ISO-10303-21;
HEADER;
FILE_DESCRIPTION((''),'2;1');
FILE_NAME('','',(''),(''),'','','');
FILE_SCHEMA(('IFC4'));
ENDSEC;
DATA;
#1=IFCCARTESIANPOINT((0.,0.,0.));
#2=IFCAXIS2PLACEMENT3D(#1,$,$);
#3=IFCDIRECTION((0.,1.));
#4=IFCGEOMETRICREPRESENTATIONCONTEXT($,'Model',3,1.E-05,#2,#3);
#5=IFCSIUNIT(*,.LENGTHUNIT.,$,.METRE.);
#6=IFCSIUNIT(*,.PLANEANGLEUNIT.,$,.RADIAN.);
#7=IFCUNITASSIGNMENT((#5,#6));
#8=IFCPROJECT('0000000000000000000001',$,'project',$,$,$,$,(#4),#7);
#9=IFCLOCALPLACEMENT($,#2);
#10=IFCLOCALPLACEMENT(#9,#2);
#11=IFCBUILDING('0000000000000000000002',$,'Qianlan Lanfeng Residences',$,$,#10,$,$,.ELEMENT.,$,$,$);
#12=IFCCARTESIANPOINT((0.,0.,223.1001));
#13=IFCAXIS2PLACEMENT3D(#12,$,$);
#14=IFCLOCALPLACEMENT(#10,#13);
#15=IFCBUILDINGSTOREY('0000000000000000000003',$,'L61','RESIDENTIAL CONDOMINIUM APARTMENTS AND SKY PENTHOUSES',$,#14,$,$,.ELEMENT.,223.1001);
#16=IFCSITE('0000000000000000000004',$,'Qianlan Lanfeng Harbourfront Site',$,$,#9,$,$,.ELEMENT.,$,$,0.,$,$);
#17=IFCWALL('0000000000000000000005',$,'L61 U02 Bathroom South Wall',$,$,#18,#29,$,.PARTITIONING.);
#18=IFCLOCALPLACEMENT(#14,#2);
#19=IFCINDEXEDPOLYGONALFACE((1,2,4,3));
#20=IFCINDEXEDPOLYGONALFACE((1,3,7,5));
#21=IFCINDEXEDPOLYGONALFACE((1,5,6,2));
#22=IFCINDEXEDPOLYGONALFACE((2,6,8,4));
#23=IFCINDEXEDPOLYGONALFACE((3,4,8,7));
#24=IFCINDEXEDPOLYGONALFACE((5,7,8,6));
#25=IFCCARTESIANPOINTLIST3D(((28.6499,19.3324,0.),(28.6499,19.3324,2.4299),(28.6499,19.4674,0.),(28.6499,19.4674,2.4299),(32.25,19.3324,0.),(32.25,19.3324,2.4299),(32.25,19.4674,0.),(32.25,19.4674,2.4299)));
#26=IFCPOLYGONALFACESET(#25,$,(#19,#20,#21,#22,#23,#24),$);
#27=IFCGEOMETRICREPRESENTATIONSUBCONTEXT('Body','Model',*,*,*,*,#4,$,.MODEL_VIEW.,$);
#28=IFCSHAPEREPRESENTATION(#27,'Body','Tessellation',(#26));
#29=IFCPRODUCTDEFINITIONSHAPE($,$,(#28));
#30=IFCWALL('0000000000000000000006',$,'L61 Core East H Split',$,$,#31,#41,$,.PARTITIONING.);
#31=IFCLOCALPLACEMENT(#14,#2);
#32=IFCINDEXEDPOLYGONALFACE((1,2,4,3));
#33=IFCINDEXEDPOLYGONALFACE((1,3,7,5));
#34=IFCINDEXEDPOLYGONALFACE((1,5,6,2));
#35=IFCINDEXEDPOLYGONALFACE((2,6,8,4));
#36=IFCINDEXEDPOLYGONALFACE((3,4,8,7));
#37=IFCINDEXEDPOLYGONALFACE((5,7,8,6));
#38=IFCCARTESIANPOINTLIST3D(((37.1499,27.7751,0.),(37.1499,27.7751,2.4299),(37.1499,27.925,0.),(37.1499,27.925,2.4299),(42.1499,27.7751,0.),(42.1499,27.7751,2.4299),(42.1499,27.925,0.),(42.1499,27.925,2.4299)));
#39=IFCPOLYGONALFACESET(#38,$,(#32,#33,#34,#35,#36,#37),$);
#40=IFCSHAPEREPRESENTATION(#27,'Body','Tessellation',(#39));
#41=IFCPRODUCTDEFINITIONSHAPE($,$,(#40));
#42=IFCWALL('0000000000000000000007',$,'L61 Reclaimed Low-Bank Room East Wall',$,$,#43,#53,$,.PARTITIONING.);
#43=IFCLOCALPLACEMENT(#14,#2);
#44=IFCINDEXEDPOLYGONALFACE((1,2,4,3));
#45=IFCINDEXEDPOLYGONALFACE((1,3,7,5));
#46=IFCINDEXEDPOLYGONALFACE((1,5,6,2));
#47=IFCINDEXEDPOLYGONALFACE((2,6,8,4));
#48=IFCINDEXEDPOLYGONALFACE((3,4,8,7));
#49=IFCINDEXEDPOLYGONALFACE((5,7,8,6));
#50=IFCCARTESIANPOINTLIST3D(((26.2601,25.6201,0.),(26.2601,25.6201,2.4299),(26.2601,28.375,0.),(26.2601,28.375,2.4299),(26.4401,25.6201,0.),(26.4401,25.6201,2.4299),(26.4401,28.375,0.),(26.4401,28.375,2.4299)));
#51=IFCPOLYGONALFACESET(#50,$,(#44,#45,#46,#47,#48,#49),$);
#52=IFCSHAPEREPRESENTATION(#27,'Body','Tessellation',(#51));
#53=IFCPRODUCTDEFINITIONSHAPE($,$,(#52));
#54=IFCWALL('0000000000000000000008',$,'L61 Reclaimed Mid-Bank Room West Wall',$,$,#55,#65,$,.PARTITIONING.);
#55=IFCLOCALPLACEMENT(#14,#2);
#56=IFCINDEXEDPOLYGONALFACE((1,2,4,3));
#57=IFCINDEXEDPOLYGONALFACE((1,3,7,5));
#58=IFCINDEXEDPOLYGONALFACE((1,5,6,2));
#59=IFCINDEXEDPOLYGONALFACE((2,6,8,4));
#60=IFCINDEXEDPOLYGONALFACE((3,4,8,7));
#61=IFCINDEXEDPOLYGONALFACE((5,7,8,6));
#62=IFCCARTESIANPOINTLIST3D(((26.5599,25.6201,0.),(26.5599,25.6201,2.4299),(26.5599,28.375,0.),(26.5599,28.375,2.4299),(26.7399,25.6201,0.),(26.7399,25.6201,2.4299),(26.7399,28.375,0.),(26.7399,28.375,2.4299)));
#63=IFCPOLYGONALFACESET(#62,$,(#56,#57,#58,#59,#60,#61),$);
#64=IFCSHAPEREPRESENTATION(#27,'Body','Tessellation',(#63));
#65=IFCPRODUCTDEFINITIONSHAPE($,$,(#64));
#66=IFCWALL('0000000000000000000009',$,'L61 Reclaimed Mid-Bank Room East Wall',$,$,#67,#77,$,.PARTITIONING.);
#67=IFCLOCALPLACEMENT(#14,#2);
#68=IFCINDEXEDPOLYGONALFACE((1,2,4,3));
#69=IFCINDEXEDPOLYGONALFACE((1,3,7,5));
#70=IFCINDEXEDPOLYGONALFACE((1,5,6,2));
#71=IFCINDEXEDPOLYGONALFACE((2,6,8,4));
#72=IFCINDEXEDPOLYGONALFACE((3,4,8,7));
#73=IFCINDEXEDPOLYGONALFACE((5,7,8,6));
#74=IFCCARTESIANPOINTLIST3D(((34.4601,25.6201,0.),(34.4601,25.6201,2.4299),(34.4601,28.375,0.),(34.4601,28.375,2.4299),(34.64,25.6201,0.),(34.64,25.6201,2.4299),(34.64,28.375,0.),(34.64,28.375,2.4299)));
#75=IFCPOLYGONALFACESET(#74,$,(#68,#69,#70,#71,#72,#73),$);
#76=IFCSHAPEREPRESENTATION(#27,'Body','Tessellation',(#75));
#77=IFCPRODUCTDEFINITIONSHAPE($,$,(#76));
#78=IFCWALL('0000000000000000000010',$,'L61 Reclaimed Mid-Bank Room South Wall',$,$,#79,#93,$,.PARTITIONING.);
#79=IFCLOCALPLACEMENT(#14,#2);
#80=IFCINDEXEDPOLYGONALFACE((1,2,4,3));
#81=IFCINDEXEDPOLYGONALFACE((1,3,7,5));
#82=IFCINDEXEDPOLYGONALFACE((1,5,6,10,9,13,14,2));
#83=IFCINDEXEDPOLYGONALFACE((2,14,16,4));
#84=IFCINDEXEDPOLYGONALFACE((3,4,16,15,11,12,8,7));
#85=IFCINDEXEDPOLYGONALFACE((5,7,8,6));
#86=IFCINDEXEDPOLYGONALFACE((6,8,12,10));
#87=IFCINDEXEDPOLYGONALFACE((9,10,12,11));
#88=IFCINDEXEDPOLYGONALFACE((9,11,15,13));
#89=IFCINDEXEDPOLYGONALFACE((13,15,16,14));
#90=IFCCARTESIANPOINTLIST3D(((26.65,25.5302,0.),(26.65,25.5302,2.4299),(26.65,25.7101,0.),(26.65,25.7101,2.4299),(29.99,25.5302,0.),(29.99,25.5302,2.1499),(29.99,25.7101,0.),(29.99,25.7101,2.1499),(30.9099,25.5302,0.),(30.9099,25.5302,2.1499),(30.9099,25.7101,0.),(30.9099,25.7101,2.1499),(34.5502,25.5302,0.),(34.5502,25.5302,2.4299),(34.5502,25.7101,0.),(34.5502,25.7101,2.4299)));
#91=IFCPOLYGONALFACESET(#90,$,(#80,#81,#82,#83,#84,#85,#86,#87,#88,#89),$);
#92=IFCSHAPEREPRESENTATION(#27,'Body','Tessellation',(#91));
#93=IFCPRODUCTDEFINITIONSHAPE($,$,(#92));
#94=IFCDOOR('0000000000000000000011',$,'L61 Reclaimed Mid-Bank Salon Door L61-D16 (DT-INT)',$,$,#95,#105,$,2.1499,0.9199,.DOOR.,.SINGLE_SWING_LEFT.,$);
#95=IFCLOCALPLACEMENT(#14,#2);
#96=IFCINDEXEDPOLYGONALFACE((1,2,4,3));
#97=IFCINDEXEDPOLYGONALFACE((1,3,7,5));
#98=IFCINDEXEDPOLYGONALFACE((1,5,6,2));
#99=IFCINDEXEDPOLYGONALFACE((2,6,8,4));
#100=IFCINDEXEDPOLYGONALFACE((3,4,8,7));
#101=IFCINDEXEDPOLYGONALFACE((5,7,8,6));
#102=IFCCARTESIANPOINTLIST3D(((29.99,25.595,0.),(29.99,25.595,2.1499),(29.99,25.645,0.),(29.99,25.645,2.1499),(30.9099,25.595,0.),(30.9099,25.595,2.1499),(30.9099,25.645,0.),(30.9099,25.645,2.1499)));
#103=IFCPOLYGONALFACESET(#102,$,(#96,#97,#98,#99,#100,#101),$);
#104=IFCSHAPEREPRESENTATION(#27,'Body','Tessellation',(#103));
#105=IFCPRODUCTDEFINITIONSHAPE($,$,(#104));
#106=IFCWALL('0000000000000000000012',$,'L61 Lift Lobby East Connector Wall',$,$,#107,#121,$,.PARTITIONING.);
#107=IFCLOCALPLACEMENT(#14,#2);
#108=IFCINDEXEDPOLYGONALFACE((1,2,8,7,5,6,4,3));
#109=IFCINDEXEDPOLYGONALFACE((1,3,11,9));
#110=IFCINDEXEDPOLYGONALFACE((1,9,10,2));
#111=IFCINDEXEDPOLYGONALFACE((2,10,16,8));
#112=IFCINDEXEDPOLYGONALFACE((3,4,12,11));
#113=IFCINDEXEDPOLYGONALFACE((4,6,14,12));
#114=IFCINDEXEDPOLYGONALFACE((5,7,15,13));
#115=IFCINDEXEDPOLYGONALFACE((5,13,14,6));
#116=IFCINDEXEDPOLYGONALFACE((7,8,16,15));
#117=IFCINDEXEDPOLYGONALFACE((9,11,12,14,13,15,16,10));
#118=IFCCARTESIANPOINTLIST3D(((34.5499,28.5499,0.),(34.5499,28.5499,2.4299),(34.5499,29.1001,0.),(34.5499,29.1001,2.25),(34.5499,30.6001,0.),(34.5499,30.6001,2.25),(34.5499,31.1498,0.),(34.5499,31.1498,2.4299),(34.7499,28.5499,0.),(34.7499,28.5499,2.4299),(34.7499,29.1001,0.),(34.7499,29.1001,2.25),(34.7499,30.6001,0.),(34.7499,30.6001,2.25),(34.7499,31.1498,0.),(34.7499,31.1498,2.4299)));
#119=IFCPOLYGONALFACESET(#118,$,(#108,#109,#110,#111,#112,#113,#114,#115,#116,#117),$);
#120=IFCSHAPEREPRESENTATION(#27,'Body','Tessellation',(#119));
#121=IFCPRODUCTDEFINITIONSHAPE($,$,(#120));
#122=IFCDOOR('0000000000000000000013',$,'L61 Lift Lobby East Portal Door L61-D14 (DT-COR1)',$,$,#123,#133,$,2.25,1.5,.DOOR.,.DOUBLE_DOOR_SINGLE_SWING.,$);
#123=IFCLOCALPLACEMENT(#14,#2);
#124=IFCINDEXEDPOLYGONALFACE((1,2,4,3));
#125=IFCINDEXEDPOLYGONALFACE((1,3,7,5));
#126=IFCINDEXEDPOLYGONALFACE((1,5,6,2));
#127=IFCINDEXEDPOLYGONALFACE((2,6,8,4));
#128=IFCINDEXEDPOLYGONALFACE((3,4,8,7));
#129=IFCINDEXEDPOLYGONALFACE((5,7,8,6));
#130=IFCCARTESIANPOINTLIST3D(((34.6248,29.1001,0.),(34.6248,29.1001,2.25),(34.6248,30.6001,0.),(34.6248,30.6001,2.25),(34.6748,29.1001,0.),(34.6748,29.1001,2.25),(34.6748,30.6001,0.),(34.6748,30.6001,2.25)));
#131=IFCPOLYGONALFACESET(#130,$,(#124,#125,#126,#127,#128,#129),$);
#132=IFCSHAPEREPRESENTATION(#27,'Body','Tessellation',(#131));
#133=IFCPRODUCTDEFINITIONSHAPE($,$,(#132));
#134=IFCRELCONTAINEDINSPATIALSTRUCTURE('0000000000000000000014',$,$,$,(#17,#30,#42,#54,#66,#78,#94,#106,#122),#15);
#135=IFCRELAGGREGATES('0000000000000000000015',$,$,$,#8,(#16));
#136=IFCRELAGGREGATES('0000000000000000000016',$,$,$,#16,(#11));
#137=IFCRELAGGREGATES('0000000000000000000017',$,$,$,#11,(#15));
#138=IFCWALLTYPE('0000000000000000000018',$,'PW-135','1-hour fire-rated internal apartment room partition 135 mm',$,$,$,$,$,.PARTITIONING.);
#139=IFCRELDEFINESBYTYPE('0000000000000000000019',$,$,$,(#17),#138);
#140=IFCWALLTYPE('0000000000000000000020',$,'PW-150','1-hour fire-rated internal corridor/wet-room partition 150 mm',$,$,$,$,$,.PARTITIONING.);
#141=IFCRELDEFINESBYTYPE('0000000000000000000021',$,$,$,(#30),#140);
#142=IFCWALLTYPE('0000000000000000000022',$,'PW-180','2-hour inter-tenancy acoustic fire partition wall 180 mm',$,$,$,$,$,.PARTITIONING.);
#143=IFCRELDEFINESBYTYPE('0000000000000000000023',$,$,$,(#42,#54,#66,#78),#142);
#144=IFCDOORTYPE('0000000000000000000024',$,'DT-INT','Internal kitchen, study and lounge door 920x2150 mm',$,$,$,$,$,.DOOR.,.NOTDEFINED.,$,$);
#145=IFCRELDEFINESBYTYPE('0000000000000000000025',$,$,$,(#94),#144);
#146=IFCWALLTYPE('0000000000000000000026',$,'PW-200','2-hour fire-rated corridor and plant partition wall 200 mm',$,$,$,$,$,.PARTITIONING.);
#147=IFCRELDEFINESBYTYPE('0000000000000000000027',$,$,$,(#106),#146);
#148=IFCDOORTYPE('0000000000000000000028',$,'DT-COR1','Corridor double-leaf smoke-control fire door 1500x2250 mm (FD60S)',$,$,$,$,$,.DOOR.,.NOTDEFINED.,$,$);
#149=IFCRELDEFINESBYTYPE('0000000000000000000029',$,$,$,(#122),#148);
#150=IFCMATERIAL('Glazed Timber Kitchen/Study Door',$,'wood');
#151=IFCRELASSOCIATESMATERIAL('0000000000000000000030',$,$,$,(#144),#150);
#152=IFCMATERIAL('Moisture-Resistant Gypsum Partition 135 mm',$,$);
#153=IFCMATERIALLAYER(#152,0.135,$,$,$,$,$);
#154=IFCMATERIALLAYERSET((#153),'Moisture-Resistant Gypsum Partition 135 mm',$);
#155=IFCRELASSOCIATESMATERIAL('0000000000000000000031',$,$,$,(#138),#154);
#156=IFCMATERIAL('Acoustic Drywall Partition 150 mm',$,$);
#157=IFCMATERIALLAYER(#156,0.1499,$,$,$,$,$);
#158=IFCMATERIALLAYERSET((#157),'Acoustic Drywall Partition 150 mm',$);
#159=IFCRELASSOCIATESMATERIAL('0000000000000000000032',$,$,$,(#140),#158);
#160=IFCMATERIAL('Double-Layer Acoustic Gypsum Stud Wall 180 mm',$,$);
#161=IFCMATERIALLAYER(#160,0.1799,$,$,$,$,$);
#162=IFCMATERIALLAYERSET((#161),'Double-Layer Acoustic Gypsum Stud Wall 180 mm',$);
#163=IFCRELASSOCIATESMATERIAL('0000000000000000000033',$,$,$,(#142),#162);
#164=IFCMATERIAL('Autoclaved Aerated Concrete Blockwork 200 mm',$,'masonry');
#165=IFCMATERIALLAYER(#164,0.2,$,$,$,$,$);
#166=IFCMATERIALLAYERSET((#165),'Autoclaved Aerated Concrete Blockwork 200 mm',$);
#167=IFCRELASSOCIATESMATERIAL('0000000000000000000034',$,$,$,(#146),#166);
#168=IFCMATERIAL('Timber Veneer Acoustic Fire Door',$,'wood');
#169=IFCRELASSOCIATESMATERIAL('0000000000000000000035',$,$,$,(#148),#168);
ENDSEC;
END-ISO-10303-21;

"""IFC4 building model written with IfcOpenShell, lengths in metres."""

from ifc_helpers import new_model, si_unit, direction, frame, frame_2d, origin, place, context, subcontext, project, spatial, rectangle, extrude, material, layer, layer_set, type_object, element, fill, save


model = new_model("IFC4")

# Units and contexts
model_context = context("Model", 3, precision=1e-05, world=origin(), true_north=direction((0.0, 1.0)))
body_context = subcontext(model_context, "Body", "Model", "MODEL_VIEW")
ifc_project = project(units=[si_unit("LENGTHUNIT", "METRE"), si_unit("PLANEANGLEUNIT", "RADIAN")], contexts=[model_context])

# Site, building, storey
site_placement = place(None, origin())
site = spatial("IfcSite", under=ifc_project, at=site_placement, Name="Qianlan Lanfeng Harbourfront Site", CompositionType="ELEMENT", RefElevation=0.0)
building_placement = place(site_placement, origin())
building = spatial("IfcBuilding", under=site, at=building_placement, Name="Qianlan Lanfeng Residences", CompositionType="ELEMENT")
storey_placement = place(building_placement, frame((0.0, 0.0, 223.1001)))
storey = spatial("IfcBuildingStorey", under=building, at=storey_placement, Name="L61", Description="RESIDENTIAL CONDOMINIUM APARTMENTS AND SKY PENTHOUSES", CompositionType="ELEMENT", Elevation=223.1001)

# Shared definitions
ifc_material_1 = material(Name="Glazed Timber Kitchen/Study Door", Category="wood")
door_type_1 = type_object("IfcDoorType", Name="DT-INT", Description="Internal kitchen, study and lounge door 920x2150 mm", OperationType="NOTDEFINED", PredefinedType="DOOR", material=ifc_material_1)

# Walls
ifc_material_2 = material(Name="Moisture-Resistant Gypsum Partition 135 mm")
ifc_layer_1 = layer(ifc_material_2, 0.135)
ifc_layer_set_1 = layer_set([ifc_layer_1], Name="Moisture-Resistant Gypsum Partition 135 mm")
wall_type_1 = type_object("IfcWallType", Name="PW-135", Description="1-hour fire-rated internal apartment room partition 135 mm", PredefinedType="PARTITIONING", material=ifc_layer_set_1)
wall_1_placement = place(storey_placement, frame((28.6499, 19.3999, 0.0), z_axis=(0.0, 0.0, 1.0), x_axis=(1.0, 0.0, 0.0)))
element("IfcWall", 1, at=wall_1_placement, inside=storey, type_object=wall_type_1, Name="L61 U02 Bathroom South Wall", PredefinedType="PARTITIONING", context=body_context, shape_type="SweptSolid", body=[
    extrude(rectangle(XDim=3.6001, YDim=0.135, at=frame_2d((1.8, 0.0))), origin(), (0.0, 0.0, 1.0), 2.4299),
])
ifc_material_3 = material(Name="Acoustic Drywall Partition 150 mm")
ifc_layer_2 = layer(ifc_material_3, 0.1499)
ifc_layer_set_2 = layer_set([ifc_layer_2], Name="Acoustic Drywall Partition 150 mm")
wall_type_2 = type_object("IfcWallType", Name="PW-150", Description="1-hour fire-rated internal corridor/wet-room partition 150 mm", PredefinedType="PARTITIONING", material=ifc_layer_set_2)
wall_2_placement = place(storey_placement, frame((37.1499, 27.8501, 0.0), z_axis=(0.0, 0.0, 1.0), x_axis=(1.0, 0.0, 0.0)))
element("IfcWall", 2, at=wall_2_placement, inside=storey, type_object=wall_type_2, Name="L61 Core East H Split", PredefinedType="PARTITIONING", context=body_context, shape_type="SweptSolid", body=[
    extrude(rectangle(XDim=5.0, YDim=0.1499, at=frame_2d((2.5, 0.0))), origin(), (0.0, 0.0, 1.0), 2.4299),
])

# Shared definitions
ifc_material_4 = material(Name="Double-Layer Acoustic Gypsum Stud Wall 180 mm")
ifc_layer_3 = layer(ifc_material_4, 0.1799)
ifc_layer_set_3 = layer_set([ifc_layer_3], Name="Double-Layer Acoustic Gypsum Stud Wall 180 mm")
wall_type_3 = type_object("IfcWallType", Name="PW-180", Description="2-hour inter-tenancy acoustic fire partition wall 180 mm", PredefinedType="PARTITIONING", material=ifc_layer_set_3)

# Walls
for number, where, z_axis, x_axis, name in (
    (3, (26.3501, 25.6201, 0.0), (0.0, 0.0, 1.0), (0.0, 1.0, 0.0), "L61 Reclaimed Low-Bank Room East Wall"),
    (4, (26.6499, 25.6201, 0.0), (0.0, 0.0, 1.0), (0.0, 1.0, 0.0), "L61 Reclaimed Mid-Bank Room West Wall"),
    (5, (34.55, 25.6201, 0.0), (0.0, 0.0, 1.0), (0.0, 1.0, 0.0), "L61 Reclaimed Mid-Bank Room East Wall"),
):
    element("IfcWall", number, at=place(storey_placement, frame(where, z_axis=z_axis, x_axis=x_axis)), inside=storey, type_object=wall_type_3, Name=name, PredefinedType="PARTITIONING", context=body_context, shape_type="SweptSolid", body=[
        extrude(rectangle(XDim=2.7549, YDim=0.1799, at=frame_2d((1.3774, 0.0))), origin(), (0.0, 0.0, 1.0), 2.4299),
    ])

# Walls, openings, doors
wall_3_placement = place(storey_placement, frame((26.6499, 25.6201, 0.0), z_axis=(0.0, 0.0, 1.0), x_axis=(1.0, 0.0, 0.0)))
wall_3 = element("IfcWall", 6, at=wall_3_placement, inside=storey, type_object=wall_type_3, Name="L61 Reclaimed Mid-Bank Room South Wall", PredefinedType="PARTITIONING", context=body_context, shape_type="SweptSolid", body=[
    extrude(rectangle(XDim=7.9001, YDim=0.1799, at=frame_2d((3.9502, 0.0))), origin(), (0.0, 0.0, 1.0), 2.4299),
])
opening_1_placement = place(wall_3_placement, frame((3.3401, 0.0, 0.0)))
opening_1 = element("IfcOpeningElement", 7, at=opening_1_placement, cuts=wall_3, PredefinedType="OPENING", context=body_context, shape_type="SweptSolid", body=[
    extrude(rectangle(XDim=0.9199, YDim=2.1499, at=frame_2d((0.46, 1.075))), frame((0.0, 0.1001, 0.0), z_axis=(0.0, -1.0, 0.0), x_axis=(1.0, 0.0, 0.0)), (0.0, 0.0, 1.0), 0.2),
])
door_1_placement = place(opening_1_placement, origin())
door_1 = element("IfcDoor", 8, at=door_1_placement, inside=storey, type_object=door_type_1, Name="L61 Reclaimed Mid-Bank Salon Door L61-D16 (DT-INT)", OperationType="SINGLE_SWING_LEFT", OverallHeight=2.1499, OverallWidth=0.9199, PredefinedType="DOOR", context=body_context, shape_type="SweptSolid", body=[
    extrude(rectangle(XDim=0.9199, YDim=2.1499, at=frame_2d((0.46, 1.075))), frame((0.0, 0.0249, 0.0), z_axis=(0.0, -1.0, 0.0), x_axis=(1.0, 0.0, 0.0)), (0.0, 0.0, 1.0), 0.05),
])
fill(opening_1, door_1)
ifc_material_5 = material(Name="Autoclaved Aerated Concrete Blockwork 200 mm", Category="masonry")
ifc_layer_4 = layer(ifc_material_5, 0.2)
ifc_layer_set_4 = layer_set([ifc_layer_4], Name="Autoclaved Aerated Concrete Blockwork 200 mm")
wall_type_4 = type_object("IfcWallType", Name="PW-200", Description="2-hour fire-rated corridor and plant partition wall 200 mm", PredefinedType="PARTITIONING", material=ifc_layer_set_4)
wall_4_placement = place(storey_placement, frame((34.6499, 28.55, 0.0), z_axis=(0.0, 0.0, 1.0), x_axis=(0.0, 1.0, 0.0)))
wall_4 = element("IfcWall", 9, at=wall_4_placement, inside=storey, type_object=wall_type_4, Name="L61 Lift Lobby East Connector Wall", PredefinedType="PARTITIONING", context=body_context, shape_type="SweptSolid", body=[
    extrude(rectangle(XDim=2.5999, YDim=0.2, at=frame_2d((1.2998, 0.0))), origin(), (0.0, 0.0, 1.0), 2.4299),
])
opening_2_placement = place(wall_4_placement, frame((0.55, 0.0, 0.0)))
opening_2 = element("IfcOpeningElement", 10, at=opening_2_placement, cuts=wall_4, PredefinedType="OPENING", context=body_context, shape_type="SweptSolid", body=[
    extrude(rectangle(XDim=1.5, YDim=2.25, at=frame_2d((0.75, 1.125))), frame((0.0, 0.1099, 0.0), z_axis=(0.0, -1.0, 0.0), x_axis=(1.0, 0.0, 0.0)), (0.0, 0.0, 1.0), 0.22),
])
ifc_material_6 = material(Name="Timber Veneer Acoustic Fire Door", Category="wood")
door_type_2 = type_object("IfcDoorType", Name="DT-COR1", Description="Corridor double-leaf smoke-control fire door 1500x2250 mm (FD60S)", OperationType="NOTDEFINED", PredefinedType="DOOR", material=ifc_material_6)
door_2_placement = place(opening_2_placement, frame((1.5, 0.0, 0.0), z_axis=(0.0, 0.0, 1.0), x_axis=(-1.0, 0.0, 0.0)))
door_2 = element("IfcDoor", 11, at=door_2_placement, inside=storey, type_object=door_type_2, Name="L61 Lift Lobby East Portal Door L61-D14 (DT-COR1)", OperationType="DOUBLE_DOOR_SINGLE_SWING", OverallHeight=2.25, OverallWidth=1.5, PredefinedType="DOOR", context=body_context, shape_type="SweptSolid", body=[
    extrude(rectangle(XDim=1.5, YDim=2.25, at=frame_2d((0.75, 1.125))), frame((0.0, 0.0249, 0.0), z_axis=(0.0, -1.0, 0.0), x_axis=(1.0, 0.0, 0.0)), (0.0, 0.0, 1.0), 0.05),
])
fill(opening_2, door_2)

save(model, "model.ifc")
